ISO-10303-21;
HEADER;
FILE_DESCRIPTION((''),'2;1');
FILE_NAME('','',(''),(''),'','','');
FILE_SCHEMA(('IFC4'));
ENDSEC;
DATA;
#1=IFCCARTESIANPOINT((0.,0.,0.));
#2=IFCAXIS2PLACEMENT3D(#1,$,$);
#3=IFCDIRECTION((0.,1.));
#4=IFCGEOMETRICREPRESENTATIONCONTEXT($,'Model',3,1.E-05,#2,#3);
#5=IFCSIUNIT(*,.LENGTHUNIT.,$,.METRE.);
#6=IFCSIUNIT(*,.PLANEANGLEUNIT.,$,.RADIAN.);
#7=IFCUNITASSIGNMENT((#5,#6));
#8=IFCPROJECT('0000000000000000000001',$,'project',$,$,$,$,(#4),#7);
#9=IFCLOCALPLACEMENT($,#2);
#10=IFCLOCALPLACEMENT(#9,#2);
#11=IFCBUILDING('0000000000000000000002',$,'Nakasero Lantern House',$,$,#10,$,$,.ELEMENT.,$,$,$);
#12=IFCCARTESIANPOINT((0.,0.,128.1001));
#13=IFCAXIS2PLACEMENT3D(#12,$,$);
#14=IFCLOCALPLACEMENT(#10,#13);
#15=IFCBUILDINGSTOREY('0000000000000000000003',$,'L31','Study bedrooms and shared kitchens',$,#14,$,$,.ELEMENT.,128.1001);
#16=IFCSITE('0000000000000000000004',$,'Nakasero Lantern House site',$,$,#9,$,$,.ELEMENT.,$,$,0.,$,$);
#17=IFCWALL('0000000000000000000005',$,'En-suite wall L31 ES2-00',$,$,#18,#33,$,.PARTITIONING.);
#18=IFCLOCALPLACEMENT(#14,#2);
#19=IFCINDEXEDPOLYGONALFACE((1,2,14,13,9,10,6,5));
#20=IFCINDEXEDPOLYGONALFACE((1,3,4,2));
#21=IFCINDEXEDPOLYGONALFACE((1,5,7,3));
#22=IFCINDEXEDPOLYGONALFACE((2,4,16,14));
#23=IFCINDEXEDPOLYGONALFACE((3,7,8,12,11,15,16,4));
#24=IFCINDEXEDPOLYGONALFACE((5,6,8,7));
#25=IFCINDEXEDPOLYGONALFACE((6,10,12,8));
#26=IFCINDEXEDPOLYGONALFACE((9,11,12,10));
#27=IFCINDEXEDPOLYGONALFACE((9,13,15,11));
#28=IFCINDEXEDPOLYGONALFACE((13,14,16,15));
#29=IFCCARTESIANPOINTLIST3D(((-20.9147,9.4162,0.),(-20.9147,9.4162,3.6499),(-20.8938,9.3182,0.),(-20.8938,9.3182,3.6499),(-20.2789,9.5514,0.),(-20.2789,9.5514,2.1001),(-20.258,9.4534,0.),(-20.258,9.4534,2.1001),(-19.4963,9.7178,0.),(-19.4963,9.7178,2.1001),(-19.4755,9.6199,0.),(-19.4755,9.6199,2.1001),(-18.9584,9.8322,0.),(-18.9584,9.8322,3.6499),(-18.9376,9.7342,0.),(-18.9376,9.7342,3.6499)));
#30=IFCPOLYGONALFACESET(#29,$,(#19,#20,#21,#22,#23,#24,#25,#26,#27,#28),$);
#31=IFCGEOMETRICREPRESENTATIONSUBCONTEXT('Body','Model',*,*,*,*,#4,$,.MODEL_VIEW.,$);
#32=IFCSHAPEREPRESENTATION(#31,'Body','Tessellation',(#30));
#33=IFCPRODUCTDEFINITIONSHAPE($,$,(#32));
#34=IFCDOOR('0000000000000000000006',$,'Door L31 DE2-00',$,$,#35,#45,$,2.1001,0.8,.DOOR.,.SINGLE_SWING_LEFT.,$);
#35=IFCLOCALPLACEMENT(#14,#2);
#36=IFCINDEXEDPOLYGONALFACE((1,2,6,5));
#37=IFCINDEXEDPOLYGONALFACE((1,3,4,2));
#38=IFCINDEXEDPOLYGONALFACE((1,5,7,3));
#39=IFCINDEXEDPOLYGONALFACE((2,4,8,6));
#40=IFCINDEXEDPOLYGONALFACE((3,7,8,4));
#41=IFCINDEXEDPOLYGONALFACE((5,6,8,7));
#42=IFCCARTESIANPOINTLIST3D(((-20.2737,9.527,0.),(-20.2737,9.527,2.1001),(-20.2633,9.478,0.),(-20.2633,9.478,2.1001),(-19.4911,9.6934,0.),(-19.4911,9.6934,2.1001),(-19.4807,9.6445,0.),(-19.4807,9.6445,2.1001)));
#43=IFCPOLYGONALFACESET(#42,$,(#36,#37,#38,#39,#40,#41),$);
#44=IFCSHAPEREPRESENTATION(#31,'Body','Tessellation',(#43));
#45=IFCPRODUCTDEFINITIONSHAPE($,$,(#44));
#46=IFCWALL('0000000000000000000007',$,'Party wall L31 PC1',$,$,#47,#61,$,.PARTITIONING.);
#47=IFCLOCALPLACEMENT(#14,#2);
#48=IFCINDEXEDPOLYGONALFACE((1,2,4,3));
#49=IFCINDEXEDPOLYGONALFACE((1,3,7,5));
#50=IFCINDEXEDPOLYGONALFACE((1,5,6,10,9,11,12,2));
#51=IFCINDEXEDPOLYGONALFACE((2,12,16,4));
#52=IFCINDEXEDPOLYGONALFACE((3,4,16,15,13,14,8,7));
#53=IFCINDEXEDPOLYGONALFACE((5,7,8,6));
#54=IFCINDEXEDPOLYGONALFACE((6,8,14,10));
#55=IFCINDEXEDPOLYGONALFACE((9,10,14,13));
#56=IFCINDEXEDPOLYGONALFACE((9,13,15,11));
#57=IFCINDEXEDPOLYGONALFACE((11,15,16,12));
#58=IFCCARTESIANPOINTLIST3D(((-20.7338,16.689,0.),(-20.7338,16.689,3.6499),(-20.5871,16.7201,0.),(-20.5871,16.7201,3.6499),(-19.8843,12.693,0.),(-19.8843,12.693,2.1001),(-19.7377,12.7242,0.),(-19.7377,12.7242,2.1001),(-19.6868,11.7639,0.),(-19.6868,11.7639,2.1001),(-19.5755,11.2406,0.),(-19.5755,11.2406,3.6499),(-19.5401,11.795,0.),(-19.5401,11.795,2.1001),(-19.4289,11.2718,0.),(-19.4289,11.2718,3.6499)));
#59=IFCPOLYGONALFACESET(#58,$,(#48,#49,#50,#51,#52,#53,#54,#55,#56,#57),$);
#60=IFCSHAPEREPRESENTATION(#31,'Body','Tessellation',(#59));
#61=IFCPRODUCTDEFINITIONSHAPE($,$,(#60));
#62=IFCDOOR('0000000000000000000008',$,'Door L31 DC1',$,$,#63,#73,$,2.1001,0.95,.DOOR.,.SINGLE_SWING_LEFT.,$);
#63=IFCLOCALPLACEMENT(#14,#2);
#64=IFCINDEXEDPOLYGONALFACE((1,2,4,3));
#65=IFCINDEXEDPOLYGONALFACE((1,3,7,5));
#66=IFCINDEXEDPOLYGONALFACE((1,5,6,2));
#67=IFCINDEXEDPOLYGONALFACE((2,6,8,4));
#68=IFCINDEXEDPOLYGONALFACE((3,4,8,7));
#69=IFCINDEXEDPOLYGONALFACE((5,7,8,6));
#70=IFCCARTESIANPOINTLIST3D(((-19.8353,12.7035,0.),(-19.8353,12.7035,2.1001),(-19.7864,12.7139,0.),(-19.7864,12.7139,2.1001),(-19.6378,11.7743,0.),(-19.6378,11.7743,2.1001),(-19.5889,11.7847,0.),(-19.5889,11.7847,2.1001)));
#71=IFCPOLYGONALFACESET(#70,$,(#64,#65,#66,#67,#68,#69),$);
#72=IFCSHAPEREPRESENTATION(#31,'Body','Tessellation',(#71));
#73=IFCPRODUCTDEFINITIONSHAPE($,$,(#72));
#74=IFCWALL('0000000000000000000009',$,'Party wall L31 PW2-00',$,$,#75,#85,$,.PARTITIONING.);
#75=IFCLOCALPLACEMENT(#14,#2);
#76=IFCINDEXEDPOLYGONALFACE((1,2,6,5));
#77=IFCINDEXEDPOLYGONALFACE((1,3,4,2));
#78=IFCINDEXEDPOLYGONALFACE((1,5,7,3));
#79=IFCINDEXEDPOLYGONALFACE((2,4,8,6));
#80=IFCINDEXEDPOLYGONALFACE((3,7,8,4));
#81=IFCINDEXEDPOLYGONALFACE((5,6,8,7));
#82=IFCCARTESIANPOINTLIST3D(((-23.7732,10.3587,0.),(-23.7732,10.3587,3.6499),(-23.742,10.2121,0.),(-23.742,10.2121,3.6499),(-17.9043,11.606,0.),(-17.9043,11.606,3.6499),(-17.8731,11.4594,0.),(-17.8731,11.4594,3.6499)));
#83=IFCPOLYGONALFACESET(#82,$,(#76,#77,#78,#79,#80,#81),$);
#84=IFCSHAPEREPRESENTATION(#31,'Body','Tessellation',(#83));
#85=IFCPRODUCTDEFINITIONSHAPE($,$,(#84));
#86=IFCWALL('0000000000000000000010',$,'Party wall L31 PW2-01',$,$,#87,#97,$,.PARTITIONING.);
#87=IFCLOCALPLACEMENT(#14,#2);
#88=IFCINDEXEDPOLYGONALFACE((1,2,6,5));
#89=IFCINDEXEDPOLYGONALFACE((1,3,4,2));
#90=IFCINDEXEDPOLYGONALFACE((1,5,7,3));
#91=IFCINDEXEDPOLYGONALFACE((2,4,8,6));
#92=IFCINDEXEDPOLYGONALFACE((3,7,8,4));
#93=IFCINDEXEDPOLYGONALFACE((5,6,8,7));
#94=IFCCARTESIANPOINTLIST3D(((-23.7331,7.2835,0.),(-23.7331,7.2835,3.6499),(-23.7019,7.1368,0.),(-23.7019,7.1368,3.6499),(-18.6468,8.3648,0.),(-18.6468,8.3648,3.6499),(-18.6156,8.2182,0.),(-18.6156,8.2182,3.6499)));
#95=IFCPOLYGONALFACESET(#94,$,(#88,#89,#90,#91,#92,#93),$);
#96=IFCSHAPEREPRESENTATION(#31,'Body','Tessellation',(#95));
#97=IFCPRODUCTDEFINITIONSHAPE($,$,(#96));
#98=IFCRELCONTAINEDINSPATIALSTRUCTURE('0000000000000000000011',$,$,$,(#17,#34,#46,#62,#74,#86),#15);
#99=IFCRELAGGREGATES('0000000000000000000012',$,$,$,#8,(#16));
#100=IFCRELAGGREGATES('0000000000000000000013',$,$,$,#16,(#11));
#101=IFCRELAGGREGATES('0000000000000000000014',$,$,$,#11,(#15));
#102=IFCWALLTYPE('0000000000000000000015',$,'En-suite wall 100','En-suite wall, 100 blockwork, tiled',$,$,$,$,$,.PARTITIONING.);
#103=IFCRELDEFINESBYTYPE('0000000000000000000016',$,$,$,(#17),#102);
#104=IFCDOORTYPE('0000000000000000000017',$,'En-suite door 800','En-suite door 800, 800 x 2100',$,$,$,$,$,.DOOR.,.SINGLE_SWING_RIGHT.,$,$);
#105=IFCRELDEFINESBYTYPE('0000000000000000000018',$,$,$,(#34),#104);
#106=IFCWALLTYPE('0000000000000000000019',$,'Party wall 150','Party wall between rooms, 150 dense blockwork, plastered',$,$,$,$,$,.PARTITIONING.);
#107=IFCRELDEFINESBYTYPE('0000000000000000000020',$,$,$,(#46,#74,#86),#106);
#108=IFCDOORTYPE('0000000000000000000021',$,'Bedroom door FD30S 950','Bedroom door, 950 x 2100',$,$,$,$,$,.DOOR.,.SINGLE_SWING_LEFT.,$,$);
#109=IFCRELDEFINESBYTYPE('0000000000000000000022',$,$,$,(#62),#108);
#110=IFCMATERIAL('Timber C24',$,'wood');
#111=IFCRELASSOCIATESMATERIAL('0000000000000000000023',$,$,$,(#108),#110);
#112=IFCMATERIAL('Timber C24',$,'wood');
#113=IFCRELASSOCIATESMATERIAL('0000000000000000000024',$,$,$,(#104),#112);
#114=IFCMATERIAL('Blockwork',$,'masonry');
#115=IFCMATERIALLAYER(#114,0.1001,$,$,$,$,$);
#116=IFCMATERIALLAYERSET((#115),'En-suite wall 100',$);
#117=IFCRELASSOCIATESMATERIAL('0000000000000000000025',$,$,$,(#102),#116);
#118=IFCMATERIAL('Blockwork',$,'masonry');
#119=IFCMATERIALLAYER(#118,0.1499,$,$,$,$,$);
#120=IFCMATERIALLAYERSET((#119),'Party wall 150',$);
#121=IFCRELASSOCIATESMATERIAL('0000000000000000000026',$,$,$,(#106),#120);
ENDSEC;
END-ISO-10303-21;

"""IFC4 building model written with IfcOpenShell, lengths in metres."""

from ifc_helpers import new_model, si_unit, direction, frame, frame_2d, origin, place, context, subcontext, project, spatial, rectangle, extrude, material, layer, layer_set, type_object, element, fill, save


model = new_model("IFC4")

# Units and contexts
model_context = context("Model", 3, precision=1e-05, world=origin(), true_north=direction((0.0, 1.0)))
body_context = subcontext(model_context, "Body", "Model", "MODEL_VIEW")
ifc_project = project(units=[si_unit("LENGTHUNIT", "METRE"), si_unit("PLANEANGLEUNIT", "RADIAN")], contexts=[model_context])

# Site, building, storey
site_placement = place(None, origin())
site = spatial("IfcSite", under=ifc_project, at=site_placement, Name="Nakasero Lantern House site", CompositionType="ELEMENT", RefElevation=0.0)
building_placement = place(site_placement, origin())
building = spatial("IfcBuilding", under=site, at=building_placement, Name="Nakasero Lantern House", CompositionType="ELEMENT")
storey_placement = place(building_placement, frame((0.0, 0.0, 128.1001)))
storey = spatial("IfcBuildingStorey", under=building, at=storey_placement, Name="L31", Description="Study bedrooms and shared kitchens", CompositionType="ELEMENT", Elevation=128.1001)

# Shared definitions
ifc_material_1 = material(Name="Timber C24", Category="wood")
door_type_1 = type_object("IfcDoorType", Name="Bedroom door FD30S 950", Description="Bedroom door, 950 x 2100", OperationType="SINGLE_SWING_LEFT", PredefinedType="DOOR", material=ifc_material_1)
ifc_material_2 = material(Name="Timber C24", Category="wood")
door_type_2 = type_object("IfcDoorType", Name="En-suite door 800", Description="En-suite door 800, 800 x 2100", OperationType="SINGLE_SWING_RIGHT", PredefinedType="DOOR", material=ifc_material_2)

# Walls, openings, doors
ifc_material_3 = material(Name="Blockwork", Category="masonry")
ifc_layer_1 = layer(ifc_material_3, 0.1001)
ifc_layer_set_1 = layer_set([ifc_layer_1], Name="En-suite wall 100")
wall_type_1 = type_object("IfcWallType", Name="En-suite wall 100", Description="En-suite wall, 100 blockwork, tiled", PredefinedType="PARTITIONING", material=ifc_layer_set_1)
wall_1_placement = place(storey_placement, frame((-18.948, 9.7832, 0.0), z_axis=(0.0, 0.0, 1.0), x_axis=(-0.978128, -0.208003, 0.0)))
wall_1 = element("IfcWall", 1, at=wall_1_placement, inside=storey, type_object=wall_type_1, Name="En-suite wall L31 ES2-00", PredefinedType="PARTITIONING", context=body_context, shape_type="SweptSolid", body=[
    extrude(rectangle(XDim=2.0, YDim=0.1001, at=frame_2d((1.0, 0.0))), origin(), (0.0, 0.0, 1.0), 3.6499),
])
opening_1_placement = place(wall_1_placement, frame((0.55, 0.0, 0.0)))
opening_1 = element("IfcOpeningElement", 2, at=opening_1_placement, cuts=wall_1, PredefinedType="OPENING", context=body_context, shape_type="SweptSolid", body=[
    extrude(rectangle(XDim=0.8, YDim=2.1001, at=frame_2d((0.3999, 1.05))), frame((0.0, 0.0701, 0.0), z_axis=(0.0, -1.0, 0.0), x_axis=(1.0, 0.0, 0.0)), (0.0, 0.0, 1.0), 0.1401),
])
door_1_placement = place(opening_1_placement, origin())
door_1 = element("IfcDoor", 3, at=door_1_placement, inside=storey, type_object=door_type_2, Name="Door L31 DE2-00", OperationType="SINGLE_SWING_LEFT", OverallHeight=2.1001, OverallWidth=0.8, PredefinedType="DOOR", context=body_context, shape_type="SweptSolid", body=[
    extrude(rectangle(XDim=0.8, YDim=2.1001, at=frame_2d((0.3999, 1.05))), frame((0.0, 0.0249, 0.0), z_axis=(0.0, -1.0, 0.0), x_axis=(1.0, 0.0, 0.0)), (0.0, 0.0, 1.0), 0.05),
])
fill(opening_1, door_1)
ifc_material_4 = material(Name="Blockwork", Category="masonry")
ifc_layer_2 = layer(ifc_material_4, 0.1499)
ifc_layer_set_2 = layer_set([ifc_layer_2], Name="Party wall 150")
wall_type_2 = type_object("IfcWallType", Name="Party wall 150", Description="Party wall between rooms, 150 dense blockwork, plastered", PredefinedType="PARTITIONING", material=ifc_layer_set_2)
wall_2_placement = place(storey_placement, frame((-19.5022, 11.2561, 0.0), z_axis=(0.0, 0.0, 1.0), x_axis=(-0.207936, 0.978142, 0.0)))
wall_2 = element("IfcWall", 4, at=wall_2_placement, inside=storey, type_object=wall_type_2, Name="Party wall L31 PC1", PredefinedType="PARTITIONING", context=body_context, shape_type="SweptSolid", body=[
    extrude(rectangle(XDim=5.5701, YDim=0.1499, at=frame_2d((2.7852, 0.0))), origin(), (0.0, 0.0, 1.0), 3.6499),
])
opening_2_placement = place(wall_2_placement, frame((0.5349, 0.0, 0.0)))
opening_2 = element("IfcOpeningElement", 5, at=opening_2_placement, cuts=wall_2, PredefinedType="OPENING", context=body_context, shape_type="SweptSolid", body=[
    extrude(rectangle(XDim=0.95, YDim=2.1001, at=frame_2d((0.4751, 1.05))), frame((0.0, 0.095, 0.0), z_axis=(0.0, -1.0, 0.0), x_axis=(1.0, 0.0, 0.0)), (0.0, 0.0, 1.0), 0.1899),
])
door_2_placement = place(opening_2_placement, origin())
door_2 = element("IfcDoor", 6, at=door_2_placement, inside=storey, type_object=door_type_1, Name="Door L31 DC1", OperationType="SINGLE_SWING_LEFT", OverallHeight=2.1001, OverallWidth=0.95, PredefinedType="DOOR", context=body_context, shape_type="SweptSolid", body=[
    extrude(rectangle(XDim=0.95, YDim=2.1001, at=frame_2d((0.4751, 1.05))), frame((0.0, 0.0249, 0.0), z_axis=(0.0, -1.0, 0.0), x_axis=(1.0, 0.0, 0.0)), (0.0, 0.0, 1.0), 0.05),
])
fill(opening_2, door_2)

# Walls
wall_3_placement = place(storey_placement, frame((-17.8887, 11.5327, 0.0), z_axis=(0.0, 0.0, 1.0), x_axis=(-0.978153, -0.207886, 0.0)))
element("IfcWall", 7, at=wall_3_placement, inside=storey, type_object=wall_type_2, Name="Party wall L31 PW2-00", PredefinedType="PARTITIONING", context=body_context, shape_type="SweptSolid", body=[
    extrude(rectangle(XDim=6.0, YDim=0.1499, at=frame_2d((3.0, 0.0))), origin(), (0.0, 0.0, 1.0), 3.6499),
])
wall_4_placement = place(storey_placement, frame((-18.6311, 8.2915, 0.0), z_axis=(0.0, 0.0, 1.0), x_axis=(-0.97814, -0.207948, 0.0)))
element("IfcWall", 8, at=wall_4_placement, inside=storey, type_object=wall_type_2, Name="Party wall L31 PW2-01", PredefinedType="PARTITIONING", context=body_context, shape_type="SweptSolid", body=[
    extrude(rectangle(XDim=5.2, YDim=0.1499, at=frame_2d((2.6001, 0.0))), origin(), (0.0, 0.0, 1.0), 3.6499),
])

save(model, "model.ifc")
